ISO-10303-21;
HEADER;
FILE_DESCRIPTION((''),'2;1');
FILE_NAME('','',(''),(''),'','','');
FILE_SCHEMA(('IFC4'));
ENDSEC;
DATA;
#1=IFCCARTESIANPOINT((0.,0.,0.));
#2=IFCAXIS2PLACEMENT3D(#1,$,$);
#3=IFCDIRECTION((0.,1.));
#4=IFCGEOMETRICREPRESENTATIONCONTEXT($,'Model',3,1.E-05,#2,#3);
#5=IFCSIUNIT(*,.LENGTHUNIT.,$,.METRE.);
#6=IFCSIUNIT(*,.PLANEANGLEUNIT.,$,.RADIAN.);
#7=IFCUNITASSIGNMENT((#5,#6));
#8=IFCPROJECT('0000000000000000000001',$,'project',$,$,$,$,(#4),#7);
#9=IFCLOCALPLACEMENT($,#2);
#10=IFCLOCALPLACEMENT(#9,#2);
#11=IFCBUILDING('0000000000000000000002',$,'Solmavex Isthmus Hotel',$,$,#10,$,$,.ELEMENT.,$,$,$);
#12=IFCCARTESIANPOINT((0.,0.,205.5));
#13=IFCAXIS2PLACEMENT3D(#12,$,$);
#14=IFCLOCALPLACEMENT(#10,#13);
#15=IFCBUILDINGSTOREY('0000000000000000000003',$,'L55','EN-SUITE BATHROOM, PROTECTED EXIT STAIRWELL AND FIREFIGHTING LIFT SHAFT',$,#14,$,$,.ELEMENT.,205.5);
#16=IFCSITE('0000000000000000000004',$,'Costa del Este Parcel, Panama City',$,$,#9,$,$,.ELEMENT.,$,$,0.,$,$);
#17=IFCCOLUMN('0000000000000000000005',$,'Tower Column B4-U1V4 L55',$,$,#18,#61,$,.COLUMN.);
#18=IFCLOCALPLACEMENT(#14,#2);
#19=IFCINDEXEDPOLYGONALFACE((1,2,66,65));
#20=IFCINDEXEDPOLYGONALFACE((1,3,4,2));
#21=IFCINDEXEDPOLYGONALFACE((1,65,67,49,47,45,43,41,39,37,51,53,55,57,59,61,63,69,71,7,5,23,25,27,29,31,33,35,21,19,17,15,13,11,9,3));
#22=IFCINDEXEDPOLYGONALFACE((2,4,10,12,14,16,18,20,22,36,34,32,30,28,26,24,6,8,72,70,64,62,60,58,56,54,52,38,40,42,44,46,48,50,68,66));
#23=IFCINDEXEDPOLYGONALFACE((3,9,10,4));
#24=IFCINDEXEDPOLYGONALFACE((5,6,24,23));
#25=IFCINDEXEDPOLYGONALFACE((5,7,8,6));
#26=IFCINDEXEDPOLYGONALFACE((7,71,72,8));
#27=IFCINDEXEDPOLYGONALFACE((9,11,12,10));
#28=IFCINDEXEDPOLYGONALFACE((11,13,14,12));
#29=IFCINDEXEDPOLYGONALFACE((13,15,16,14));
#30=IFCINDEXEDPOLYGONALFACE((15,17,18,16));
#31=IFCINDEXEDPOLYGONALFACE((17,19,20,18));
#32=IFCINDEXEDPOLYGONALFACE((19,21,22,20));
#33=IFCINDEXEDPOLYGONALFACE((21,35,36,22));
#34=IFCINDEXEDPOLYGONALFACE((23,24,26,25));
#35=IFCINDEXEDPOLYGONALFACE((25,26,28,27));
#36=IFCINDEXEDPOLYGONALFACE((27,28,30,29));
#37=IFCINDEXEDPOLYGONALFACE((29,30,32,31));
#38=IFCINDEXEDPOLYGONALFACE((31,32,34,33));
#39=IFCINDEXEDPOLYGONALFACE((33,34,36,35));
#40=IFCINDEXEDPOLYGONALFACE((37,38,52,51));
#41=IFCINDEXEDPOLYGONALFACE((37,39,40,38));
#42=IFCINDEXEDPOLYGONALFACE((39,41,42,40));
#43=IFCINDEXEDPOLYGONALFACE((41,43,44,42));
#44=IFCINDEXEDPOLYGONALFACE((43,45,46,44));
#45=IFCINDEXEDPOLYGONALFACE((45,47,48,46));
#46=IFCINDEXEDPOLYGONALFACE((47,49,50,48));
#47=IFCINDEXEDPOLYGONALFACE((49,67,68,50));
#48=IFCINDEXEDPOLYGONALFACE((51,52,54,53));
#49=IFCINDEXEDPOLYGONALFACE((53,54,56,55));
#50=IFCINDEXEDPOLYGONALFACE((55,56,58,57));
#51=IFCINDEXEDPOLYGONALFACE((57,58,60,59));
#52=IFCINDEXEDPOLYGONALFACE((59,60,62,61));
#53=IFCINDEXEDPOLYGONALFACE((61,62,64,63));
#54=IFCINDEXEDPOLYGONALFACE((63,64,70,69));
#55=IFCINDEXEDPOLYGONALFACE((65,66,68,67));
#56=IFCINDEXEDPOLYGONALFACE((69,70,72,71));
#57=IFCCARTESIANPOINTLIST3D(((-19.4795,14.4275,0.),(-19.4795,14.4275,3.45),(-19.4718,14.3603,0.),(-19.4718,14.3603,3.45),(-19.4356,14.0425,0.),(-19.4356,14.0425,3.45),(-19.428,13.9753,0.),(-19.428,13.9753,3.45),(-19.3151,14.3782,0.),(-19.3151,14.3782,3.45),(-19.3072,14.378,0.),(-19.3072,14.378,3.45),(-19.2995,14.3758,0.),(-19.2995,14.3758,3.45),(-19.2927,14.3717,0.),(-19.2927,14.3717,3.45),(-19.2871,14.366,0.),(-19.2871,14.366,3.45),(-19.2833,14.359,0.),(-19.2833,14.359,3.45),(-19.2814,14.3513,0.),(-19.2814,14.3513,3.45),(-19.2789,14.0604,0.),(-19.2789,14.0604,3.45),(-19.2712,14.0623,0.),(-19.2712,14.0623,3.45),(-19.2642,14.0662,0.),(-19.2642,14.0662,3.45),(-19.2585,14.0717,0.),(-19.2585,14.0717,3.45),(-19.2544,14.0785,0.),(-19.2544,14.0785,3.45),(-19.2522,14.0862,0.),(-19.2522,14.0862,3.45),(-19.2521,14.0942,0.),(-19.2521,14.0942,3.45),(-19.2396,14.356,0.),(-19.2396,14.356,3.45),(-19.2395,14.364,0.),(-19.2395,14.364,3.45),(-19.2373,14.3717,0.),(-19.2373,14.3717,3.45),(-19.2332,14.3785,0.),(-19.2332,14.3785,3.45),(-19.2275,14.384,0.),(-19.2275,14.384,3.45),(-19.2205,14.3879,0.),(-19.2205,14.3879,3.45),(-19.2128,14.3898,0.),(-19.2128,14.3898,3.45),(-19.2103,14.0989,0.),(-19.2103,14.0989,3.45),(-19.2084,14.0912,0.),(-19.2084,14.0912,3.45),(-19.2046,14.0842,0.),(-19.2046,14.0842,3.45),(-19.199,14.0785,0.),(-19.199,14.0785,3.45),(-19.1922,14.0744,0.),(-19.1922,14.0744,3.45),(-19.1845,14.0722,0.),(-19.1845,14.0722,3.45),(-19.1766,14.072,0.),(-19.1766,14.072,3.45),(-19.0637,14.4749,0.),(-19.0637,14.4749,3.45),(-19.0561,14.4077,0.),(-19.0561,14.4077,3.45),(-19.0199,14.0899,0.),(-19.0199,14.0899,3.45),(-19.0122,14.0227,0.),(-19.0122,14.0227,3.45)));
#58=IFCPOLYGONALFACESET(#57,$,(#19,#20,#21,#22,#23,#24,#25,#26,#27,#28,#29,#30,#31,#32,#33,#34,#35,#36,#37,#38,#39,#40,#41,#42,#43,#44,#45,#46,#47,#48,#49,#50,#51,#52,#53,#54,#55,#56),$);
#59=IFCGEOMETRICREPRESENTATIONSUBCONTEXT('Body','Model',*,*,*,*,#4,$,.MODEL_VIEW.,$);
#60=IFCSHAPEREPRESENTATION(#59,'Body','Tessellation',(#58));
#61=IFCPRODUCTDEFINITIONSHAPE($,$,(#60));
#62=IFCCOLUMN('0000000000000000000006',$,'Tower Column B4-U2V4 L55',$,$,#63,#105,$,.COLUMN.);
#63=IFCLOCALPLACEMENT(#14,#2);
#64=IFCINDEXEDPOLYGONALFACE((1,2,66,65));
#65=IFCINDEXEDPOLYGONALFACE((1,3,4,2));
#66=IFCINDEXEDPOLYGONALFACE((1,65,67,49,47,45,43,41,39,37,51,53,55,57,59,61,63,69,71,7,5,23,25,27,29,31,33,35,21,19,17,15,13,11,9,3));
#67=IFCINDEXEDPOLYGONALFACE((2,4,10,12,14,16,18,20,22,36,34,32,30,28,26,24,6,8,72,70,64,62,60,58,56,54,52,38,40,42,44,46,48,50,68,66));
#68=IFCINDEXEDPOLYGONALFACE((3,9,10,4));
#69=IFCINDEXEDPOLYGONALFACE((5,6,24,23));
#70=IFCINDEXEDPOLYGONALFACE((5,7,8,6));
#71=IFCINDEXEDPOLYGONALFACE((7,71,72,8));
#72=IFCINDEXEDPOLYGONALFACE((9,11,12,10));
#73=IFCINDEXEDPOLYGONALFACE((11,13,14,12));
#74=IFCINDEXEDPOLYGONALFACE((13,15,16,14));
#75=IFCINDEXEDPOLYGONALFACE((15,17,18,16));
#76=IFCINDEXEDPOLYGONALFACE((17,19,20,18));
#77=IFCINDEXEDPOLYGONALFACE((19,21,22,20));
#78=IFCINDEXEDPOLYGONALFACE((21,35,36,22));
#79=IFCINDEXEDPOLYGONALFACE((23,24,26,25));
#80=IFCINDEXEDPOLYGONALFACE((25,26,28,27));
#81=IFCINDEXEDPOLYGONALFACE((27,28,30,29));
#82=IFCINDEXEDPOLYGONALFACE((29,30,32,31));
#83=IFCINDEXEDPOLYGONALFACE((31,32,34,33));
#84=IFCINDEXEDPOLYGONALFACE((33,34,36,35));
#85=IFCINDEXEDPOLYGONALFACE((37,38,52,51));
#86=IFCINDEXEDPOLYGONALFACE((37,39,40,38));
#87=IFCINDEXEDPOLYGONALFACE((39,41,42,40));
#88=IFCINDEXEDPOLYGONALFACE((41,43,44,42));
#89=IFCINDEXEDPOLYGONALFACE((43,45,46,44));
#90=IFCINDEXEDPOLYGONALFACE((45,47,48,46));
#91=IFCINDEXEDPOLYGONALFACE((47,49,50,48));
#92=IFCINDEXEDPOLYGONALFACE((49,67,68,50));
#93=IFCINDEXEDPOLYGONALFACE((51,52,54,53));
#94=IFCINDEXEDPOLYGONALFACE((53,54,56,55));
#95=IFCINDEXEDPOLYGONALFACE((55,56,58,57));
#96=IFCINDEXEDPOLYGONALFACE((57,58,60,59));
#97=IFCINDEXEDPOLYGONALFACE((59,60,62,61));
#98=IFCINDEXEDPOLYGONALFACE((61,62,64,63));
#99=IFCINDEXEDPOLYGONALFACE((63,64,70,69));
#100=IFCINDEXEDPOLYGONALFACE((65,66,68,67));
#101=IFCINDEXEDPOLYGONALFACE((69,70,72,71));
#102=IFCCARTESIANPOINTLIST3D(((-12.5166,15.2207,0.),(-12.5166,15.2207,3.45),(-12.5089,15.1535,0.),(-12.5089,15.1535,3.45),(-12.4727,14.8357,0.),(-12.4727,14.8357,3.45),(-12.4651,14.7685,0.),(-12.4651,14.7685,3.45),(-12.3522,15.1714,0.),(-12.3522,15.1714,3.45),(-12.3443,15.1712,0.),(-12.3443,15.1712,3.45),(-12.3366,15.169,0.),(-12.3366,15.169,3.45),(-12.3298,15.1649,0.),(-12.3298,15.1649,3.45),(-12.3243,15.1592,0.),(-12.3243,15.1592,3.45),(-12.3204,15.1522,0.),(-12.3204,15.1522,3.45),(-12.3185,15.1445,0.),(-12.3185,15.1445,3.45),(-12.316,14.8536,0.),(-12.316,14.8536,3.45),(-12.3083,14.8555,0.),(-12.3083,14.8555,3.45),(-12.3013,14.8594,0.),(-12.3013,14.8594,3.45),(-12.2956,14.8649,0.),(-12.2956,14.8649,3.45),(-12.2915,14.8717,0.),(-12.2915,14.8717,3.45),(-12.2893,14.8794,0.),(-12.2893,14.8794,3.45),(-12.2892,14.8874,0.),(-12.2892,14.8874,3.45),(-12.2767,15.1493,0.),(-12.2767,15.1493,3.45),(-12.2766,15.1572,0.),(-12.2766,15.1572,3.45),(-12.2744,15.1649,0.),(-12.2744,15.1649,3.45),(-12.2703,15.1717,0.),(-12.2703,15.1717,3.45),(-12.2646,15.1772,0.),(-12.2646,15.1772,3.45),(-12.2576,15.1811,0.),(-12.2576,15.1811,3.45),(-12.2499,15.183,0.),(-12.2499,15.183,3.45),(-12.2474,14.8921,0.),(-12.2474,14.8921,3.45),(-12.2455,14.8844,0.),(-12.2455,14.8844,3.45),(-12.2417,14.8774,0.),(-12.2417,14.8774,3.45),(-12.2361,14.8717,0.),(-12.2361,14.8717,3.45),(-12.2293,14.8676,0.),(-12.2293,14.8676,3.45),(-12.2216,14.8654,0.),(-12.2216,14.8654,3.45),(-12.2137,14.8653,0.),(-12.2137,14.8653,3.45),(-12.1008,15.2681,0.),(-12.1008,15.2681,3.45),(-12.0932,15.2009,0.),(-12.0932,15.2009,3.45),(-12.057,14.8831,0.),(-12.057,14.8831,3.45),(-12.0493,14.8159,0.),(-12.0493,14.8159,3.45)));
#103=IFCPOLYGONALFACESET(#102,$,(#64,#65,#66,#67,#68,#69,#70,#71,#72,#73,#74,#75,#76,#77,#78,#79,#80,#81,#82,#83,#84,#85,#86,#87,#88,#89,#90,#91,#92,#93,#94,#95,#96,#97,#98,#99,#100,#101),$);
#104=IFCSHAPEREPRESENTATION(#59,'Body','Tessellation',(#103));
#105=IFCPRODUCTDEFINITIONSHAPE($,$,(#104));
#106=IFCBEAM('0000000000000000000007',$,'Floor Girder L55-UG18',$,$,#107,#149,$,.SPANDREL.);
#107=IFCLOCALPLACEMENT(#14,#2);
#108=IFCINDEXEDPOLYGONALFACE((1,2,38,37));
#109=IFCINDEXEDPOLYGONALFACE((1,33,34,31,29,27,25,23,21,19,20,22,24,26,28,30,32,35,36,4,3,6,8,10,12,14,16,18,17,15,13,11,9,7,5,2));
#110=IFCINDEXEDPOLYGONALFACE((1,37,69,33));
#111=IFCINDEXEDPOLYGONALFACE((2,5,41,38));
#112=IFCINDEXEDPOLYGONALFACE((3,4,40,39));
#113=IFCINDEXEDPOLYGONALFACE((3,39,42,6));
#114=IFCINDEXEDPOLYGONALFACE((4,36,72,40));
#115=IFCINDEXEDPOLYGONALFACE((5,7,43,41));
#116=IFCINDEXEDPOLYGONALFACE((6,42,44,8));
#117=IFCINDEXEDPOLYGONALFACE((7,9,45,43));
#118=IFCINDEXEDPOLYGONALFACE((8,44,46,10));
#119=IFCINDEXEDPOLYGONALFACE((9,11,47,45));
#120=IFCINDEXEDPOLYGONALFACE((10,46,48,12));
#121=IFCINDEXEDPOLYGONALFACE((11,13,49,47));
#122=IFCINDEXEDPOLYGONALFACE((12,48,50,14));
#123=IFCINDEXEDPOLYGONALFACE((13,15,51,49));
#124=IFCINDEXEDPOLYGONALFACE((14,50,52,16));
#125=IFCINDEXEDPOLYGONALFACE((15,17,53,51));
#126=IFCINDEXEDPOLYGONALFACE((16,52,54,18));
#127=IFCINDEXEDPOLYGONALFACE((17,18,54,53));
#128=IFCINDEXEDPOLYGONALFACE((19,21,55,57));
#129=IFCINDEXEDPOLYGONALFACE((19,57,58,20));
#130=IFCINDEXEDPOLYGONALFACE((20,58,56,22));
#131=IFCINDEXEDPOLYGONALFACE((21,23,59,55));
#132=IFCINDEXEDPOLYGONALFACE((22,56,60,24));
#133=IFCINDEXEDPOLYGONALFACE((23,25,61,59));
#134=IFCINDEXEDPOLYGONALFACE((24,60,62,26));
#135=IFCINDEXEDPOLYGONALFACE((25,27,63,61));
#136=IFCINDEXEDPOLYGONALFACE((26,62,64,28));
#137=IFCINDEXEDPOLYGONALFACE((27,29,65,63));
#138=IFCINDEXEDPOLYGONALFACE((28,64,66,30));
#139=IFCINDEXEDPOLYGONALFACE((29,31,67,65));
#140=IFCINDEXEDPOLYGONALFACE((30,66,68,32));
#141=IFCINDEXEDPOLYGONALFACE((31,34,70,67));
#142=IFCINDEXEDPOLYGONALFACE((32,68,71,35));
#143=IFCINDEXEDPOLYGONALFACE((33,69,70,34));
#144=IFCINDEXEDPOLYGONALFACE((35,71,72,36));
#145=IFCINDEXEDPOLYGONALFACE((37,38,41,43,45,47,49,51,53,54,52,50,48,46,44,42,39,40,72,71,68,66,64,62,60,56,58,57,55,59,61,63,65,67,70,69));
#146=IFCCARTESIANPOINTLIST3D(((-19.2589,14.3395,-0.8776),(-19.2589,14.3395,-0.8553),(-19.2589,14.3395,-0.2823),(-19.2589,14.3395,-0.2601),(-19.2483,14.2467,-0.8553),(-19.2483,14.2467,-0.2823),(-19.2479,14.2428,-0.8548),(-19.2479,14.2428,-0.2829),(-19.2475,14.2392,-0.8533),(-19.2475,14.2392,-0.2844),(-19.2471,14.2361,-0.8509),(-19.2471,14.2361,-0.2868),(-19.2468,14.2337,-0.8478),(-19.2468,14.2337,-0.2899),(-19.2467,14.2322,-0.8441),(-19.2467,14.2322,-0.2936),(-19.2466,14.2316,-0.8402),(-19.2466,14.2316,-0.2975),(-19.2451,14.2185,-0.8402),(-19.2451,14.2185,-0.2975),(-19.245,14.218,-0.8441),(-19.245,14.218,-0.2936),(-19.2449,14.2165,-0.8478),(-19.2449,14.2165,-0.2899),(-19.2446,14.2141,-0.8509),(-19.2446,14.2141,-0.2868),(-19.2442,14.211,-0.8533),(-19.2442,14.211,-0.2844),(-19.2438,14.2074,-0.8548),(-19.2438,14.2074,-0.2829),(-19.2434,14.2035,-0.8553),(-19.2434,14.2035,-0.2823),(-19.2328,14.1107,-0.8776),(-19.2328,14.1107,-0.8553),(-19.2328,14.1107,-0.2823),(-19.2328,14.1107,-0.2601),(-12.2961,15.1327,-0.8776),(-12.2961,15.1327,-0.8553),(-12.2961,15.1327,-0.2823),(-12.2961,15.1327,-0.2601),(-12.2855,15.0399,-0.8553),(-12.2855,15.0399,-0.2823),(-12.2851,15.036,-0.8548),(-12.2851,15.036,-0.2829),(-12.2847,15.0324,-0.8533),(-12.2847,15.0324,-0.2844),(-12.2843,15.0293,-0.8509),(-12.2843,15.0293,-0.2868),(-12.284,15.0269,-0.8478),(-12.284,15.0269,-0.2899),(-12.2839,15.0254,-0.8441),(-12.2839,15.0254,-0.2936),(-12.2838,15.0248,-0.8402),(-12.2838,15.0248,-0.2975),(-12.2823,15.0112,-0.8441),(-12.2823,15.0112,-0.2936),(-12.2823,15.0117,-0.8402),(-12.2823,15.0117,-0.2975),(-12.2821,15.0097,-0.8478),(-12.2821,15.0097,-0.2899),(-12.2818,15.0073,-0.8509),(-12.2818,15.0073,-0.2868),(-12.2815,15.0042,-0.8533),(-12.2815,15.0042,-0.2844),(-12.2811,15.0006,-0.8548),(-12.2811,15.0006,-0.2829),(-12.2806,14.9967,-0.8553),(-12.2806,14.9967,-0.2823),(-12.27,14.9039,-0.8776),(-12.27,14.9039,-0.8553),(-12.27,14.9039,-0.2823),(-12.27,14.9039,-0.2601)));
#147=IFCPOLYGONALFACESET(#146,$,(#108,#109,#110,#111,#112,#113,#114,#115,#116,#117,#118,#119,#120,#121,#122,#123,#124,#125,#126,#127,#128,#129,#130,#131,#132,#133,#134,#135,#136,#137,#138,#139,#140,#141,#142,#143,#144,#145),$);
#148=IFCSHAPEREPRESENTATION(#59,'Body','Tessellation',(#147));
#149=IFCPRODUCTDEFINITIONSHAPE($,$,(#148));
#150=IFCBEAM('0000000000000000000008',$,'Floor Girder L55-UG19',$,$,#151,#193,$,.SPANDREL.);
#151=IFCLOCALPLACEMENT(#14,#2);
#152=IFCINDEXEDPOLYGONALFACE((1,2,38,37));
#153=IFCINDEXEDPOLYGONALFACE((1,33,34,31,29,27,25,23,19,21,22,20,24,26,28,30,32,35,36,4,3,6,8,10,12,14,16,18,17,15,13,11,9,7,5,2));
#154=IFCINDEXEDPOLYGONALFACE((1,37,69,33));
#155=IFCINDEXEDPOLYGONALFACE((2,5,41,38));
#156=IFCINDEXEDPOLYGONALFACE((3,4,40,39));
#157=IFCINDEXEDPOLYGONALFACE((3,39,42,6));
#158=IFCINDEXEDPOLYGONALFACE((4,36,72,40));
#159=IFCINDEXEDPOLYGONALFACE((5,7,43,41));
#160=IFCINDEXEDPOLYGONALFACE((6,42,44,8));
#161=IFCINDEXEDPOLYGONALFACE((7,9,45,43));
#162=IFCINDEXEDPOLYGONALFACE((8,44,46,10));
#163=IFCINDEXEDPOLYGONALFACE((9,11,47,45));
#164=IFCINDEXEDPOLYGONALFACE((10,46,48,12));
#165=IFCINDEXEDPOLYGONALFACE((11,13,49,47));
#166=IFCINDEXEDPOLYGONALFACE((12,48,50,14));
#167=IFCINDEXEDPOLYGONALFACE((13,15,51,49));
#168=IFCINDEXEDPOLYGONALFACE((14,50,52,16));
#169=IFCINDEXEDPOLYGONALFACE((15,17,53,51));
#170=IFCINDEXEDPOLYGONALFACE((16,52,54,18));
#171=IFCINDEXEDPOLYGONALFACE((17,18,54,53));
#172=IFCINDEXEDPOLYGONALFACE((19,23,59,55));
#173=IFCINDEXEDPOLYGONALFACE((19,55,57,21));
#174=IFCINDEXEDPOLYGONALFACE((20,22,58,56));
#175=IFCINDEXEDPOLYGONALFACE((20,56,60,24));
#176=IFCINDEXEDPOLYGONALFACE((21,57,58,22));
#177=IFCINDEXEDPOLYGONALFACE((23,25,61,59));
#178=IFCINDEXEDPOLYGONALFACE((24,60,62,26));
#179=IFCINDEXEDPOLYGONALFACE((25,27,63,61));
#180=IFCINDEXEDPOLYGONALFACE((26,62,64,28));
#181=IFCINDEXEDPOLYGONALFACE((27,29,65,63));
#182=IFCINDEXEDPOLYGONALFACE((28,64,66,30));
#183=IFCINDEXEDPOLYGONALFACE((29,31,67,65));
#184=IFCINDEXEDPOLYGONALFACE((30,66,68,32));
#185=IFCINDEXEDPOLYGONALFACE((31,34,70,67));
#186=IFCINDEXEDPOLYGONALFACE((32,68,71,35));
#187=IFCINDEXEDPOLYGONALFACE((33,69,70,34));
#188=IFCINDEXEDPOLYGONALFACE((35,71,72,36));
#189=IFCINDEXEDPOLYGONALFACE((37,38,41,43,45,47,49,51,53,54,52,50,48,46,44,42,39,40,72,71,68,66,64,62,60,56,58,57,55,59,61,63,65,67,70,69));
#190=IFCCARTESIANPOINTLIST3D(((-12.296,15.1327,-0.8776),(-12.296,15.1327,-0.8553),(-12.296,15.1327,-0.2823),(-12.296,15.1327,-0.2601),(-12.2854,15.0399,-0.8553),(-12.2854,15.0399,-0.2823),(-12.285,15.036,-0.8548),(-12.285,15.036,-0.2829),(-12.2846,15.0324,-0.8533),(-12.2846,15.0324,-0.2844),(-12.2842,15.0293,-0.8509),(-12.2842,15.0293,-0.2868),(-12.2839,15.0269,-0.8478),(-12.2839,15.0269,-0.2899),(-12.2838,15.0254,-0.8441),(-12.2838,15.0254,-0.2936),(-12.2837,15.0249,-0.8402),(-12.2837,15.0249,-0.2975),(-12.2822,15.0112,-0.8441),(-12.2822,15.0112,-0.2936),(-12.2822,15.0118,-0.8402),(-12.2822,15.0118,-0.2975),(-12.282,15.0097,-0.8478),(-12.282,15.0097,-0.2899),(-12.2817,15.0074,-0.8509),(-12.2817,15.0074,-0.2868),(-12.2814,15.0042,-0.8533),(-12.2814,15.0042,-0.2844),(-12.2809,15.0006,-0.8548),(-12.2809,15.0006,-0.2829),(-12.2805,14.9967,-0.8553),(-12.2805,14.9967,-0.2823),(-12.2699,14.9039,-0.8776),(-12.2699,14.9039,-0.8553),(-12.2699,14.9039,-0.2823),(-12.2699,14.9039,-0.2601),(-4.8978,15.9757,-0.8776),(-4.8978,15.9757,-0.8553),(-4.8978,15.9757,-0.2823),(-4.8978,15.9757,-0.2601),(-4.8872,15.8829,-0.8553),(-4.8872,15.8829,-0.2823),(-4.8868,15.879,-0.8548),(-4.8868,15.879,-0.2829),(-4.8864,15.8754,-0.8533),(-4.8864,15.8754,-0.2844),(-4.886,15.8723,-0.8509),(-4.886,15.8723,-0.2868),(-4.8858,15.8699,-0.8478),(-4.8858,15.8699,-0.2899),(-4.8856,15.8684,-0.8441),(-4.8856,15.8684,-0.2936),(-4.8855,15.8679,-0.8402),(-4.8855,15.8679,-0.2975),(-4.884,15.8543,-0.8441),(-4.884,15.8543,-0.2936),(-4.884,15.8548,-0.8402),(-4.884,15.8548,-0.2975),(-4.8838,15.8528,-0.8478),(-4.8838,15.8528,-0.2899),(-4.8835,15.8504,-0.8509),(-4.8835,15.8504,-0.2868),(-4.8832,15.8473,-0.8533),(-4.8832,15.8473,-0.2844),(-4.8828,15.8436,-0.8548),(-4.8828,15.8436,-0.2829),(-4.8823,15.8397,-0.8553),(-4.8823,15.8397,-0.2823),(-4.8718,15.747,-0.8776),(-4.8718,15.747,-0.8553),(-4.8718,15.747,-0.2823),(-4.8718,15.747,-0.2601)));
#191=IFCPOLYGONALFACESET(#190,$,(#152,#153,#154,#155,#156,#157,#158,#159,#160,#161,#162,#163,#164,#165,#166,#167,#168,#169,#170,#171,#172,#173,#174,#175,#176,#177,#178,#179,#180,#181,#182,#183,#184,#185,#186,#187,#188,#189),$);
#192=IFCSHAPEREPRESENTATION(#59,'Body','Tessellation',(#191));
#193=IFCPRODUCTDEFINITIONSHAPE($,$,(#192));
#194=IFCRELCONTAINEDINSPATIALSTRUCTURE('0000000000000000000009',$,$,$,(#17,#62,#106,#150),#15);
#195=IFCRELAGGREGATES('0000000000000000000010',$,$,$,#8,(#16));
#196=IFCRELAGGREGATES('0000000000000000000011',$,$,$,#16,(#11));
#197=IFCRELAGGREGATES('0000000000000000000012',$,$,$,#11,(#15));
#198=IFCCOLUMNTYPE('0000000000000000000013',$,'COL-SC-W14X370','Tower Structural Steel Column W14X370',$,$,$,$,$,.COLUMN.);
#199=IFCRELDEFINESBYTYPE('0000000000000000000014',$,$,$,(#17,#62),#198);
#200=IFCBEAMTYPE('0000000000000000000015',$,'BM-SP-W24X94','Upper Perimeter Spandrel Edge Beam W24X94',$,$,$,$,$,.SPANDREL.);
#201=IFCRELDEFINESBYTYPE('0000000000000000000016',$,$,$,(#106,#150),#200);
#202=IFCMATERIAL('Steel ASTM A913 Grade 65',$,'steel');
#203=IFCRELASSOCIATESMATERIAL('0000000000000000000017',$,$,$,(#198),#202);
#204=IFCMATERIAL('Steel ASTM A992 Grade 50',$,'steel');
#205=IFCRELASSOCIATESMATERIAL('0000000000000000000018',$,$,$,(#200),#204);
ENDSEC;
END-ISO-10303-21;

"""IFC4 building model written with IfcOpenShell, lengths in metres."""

from ifc_helpers import new_model, si_unit, direction, frame, origin, origin_2d, place, context, subcontext, project, spatial, i_section, extrude, material, material_profile, profile_set, type_object, element, save


model = new_model("IFC4")

# Units and contexts
model_context = context("Model", 3, precision=1e-05, world=origin(), true_north=direction((0.0, 1.0)))
body_context = subcontext(model_context, "Body", "Model", "MODEL_VIEW")
ifc_project = project(units=[si_unit("LENGTHUNIT", "METRE"), si_unit("PLANEANGLEUNIT", "RADIAN")], contexts=[model_context])

# Site, building, storey
site_placement = place(None, origin())
site = spatial("IfcSite", under=ifc_project, at=site_placement, Name="Costa del Este Parcel, Panama City", CompositionType="ELEMENT", RefElevation=0.0)
building_placement = place(site_placement, origin())
building = spatial("IfcBuilding", under=site, at=building_placement, Name="Solmavex Isthmus Hotel", CompositionType="ELEMENT")
storey_placement = place(building_placement, frame((0.0, 0.0, 205.5)))
storey = spatial("IfcBuildingStorey", under=building, at=storey_placement, Name="L55", Description="EN-SUITE BATHROOM, PROTECTED EXIT STAIRWELL AND FIREFIGHTING LIFT SHAFT", CompositionType="ELEMENT", Elevation=205.5)

# Columns
ifc_material_1 = material(Name="Steel ASTM A913 Grade 65", Category="steel")
ifc_material_profile_1 = material_profile(ifc_material_1, i_section(OverallWidth=0.4185, OverallDepth=0.4551, WebThickness=0.042, FlangeThickness=0.0676, FilletRadius=0.0305, at=origin_2d()), Name="W14X370")
ifc_profile_set_1 = profile_set([ifc_material_profile_1], Name="Steel ASTM A913 Grade 65")
column_type = type_object("IfcColumnType", Name="COL-SC-W14X370", Description="Tower Structural Steel Column W14X370", PredefinedType="COLUMN", material=ifc_profile_set_1)
for number, where, z_axis, x_axis, name in (
    (1, (-19.2458, 14.2251, 0.0), (0.0, 0.0, 1.0), (0.993572, 0.113203, 0.0), "Tower Column B4-U1V4 L55"),
    (2, (-12.283, 15.0183, 0.0), (0.0, 0.0, 1.0), (0.993572, 0.113203, 0.0), "Tower Column B4-U2V4 L55"),
):
    element("IfcColumn", number, at=place(storey_placement, frame(where, z_axis=z_axis, x_axis=x_axis)), inside=storey, type_object=column_type, Name=name, PredefinedType="COLUMN", context=body_context, shape_type="SweptSolid", body=[
        extrude(i_section(OverallWidth=0.4185, OverallDepth=0.4551, WebThickness=0.042, FlangeThickness=0.0676, FilletRadius=0.0305, at=origin_2d()), origin(), (0.0, 0.0, 1.0), 3.45),
    ])

# Beams
ifc_material_2 = material(Name="Steel ASTM A992 Grade 50", Category="steel")
ifc_material_profile_2 = material_profile(ifc_material_2, i_section(OverallWidth=0.2302, OverallDepth=0.6174, WebThickness=0.0132, FlangeThickness=0.0222, FilletRadius=0.0151, at=origin_2d()), Name="W24X94")
ifc_profile_set_2 = profile_set([ifc_material_profile_2], Name="Steel ASTM A992 Grade 50")
beam_type = type_object("IfcBeamType", Name="BM-SP-W24X94", Description="Upper Perimeter Spandrel Edge Beam W24X94", PredefinedType="SPANDREL", material=ifc_profile_set_2)
beam_1_placement = place(storey_placement, frame((-19.2458, 14.2251, -0.5688), z_axis=(0.993574, 0.113188, 0.0), x_axis=(-0.113188, 0.993574, 0.0)))
element("IfcBeam", 3, at=beam_1_placement, inside=storey, type_object=beam_type, Name="Floor Girder L55-UG18", PredefinedType="SPANDREL", context=body_context, shape_type="SweptSolid", body=[
    extrude(i_section(OverallWidth=0.2302, OverallDepth=0.6174, WebThickness=0.0132, FlangeThickness=0.0222, FilletRadius=0.0151, at=origin_2d()), origin(), (0.0, 0.0, 1.0), 7.0078),
])
beam_2_placement = place(storey_placement, frame((-12.283, 15.0183, -0.5688), z_axis=(0.99357, 0.113216, 0.0), x_axis=(-0.113216, 0.99357, 0.0)))
element("IfcBeam", 4, at=beam_2_placement, inside=storey, type_object=beam_type, Name="Floor Girder L55-UG19", PredefinedType="SPANDREL", context=body_context, shape_type="SweptSolid", body=[
    extrude(i_section(OverallWidth=0.2302, OverallDepth=0.6174, WebThickness=0.0132, FlangeThickness=0.0222, FilletRadius=0.0151, at=origin_2d()), origin(), (0.0, 0.0, 1.0), 7.446),
])

save(model, "model.ifc")
